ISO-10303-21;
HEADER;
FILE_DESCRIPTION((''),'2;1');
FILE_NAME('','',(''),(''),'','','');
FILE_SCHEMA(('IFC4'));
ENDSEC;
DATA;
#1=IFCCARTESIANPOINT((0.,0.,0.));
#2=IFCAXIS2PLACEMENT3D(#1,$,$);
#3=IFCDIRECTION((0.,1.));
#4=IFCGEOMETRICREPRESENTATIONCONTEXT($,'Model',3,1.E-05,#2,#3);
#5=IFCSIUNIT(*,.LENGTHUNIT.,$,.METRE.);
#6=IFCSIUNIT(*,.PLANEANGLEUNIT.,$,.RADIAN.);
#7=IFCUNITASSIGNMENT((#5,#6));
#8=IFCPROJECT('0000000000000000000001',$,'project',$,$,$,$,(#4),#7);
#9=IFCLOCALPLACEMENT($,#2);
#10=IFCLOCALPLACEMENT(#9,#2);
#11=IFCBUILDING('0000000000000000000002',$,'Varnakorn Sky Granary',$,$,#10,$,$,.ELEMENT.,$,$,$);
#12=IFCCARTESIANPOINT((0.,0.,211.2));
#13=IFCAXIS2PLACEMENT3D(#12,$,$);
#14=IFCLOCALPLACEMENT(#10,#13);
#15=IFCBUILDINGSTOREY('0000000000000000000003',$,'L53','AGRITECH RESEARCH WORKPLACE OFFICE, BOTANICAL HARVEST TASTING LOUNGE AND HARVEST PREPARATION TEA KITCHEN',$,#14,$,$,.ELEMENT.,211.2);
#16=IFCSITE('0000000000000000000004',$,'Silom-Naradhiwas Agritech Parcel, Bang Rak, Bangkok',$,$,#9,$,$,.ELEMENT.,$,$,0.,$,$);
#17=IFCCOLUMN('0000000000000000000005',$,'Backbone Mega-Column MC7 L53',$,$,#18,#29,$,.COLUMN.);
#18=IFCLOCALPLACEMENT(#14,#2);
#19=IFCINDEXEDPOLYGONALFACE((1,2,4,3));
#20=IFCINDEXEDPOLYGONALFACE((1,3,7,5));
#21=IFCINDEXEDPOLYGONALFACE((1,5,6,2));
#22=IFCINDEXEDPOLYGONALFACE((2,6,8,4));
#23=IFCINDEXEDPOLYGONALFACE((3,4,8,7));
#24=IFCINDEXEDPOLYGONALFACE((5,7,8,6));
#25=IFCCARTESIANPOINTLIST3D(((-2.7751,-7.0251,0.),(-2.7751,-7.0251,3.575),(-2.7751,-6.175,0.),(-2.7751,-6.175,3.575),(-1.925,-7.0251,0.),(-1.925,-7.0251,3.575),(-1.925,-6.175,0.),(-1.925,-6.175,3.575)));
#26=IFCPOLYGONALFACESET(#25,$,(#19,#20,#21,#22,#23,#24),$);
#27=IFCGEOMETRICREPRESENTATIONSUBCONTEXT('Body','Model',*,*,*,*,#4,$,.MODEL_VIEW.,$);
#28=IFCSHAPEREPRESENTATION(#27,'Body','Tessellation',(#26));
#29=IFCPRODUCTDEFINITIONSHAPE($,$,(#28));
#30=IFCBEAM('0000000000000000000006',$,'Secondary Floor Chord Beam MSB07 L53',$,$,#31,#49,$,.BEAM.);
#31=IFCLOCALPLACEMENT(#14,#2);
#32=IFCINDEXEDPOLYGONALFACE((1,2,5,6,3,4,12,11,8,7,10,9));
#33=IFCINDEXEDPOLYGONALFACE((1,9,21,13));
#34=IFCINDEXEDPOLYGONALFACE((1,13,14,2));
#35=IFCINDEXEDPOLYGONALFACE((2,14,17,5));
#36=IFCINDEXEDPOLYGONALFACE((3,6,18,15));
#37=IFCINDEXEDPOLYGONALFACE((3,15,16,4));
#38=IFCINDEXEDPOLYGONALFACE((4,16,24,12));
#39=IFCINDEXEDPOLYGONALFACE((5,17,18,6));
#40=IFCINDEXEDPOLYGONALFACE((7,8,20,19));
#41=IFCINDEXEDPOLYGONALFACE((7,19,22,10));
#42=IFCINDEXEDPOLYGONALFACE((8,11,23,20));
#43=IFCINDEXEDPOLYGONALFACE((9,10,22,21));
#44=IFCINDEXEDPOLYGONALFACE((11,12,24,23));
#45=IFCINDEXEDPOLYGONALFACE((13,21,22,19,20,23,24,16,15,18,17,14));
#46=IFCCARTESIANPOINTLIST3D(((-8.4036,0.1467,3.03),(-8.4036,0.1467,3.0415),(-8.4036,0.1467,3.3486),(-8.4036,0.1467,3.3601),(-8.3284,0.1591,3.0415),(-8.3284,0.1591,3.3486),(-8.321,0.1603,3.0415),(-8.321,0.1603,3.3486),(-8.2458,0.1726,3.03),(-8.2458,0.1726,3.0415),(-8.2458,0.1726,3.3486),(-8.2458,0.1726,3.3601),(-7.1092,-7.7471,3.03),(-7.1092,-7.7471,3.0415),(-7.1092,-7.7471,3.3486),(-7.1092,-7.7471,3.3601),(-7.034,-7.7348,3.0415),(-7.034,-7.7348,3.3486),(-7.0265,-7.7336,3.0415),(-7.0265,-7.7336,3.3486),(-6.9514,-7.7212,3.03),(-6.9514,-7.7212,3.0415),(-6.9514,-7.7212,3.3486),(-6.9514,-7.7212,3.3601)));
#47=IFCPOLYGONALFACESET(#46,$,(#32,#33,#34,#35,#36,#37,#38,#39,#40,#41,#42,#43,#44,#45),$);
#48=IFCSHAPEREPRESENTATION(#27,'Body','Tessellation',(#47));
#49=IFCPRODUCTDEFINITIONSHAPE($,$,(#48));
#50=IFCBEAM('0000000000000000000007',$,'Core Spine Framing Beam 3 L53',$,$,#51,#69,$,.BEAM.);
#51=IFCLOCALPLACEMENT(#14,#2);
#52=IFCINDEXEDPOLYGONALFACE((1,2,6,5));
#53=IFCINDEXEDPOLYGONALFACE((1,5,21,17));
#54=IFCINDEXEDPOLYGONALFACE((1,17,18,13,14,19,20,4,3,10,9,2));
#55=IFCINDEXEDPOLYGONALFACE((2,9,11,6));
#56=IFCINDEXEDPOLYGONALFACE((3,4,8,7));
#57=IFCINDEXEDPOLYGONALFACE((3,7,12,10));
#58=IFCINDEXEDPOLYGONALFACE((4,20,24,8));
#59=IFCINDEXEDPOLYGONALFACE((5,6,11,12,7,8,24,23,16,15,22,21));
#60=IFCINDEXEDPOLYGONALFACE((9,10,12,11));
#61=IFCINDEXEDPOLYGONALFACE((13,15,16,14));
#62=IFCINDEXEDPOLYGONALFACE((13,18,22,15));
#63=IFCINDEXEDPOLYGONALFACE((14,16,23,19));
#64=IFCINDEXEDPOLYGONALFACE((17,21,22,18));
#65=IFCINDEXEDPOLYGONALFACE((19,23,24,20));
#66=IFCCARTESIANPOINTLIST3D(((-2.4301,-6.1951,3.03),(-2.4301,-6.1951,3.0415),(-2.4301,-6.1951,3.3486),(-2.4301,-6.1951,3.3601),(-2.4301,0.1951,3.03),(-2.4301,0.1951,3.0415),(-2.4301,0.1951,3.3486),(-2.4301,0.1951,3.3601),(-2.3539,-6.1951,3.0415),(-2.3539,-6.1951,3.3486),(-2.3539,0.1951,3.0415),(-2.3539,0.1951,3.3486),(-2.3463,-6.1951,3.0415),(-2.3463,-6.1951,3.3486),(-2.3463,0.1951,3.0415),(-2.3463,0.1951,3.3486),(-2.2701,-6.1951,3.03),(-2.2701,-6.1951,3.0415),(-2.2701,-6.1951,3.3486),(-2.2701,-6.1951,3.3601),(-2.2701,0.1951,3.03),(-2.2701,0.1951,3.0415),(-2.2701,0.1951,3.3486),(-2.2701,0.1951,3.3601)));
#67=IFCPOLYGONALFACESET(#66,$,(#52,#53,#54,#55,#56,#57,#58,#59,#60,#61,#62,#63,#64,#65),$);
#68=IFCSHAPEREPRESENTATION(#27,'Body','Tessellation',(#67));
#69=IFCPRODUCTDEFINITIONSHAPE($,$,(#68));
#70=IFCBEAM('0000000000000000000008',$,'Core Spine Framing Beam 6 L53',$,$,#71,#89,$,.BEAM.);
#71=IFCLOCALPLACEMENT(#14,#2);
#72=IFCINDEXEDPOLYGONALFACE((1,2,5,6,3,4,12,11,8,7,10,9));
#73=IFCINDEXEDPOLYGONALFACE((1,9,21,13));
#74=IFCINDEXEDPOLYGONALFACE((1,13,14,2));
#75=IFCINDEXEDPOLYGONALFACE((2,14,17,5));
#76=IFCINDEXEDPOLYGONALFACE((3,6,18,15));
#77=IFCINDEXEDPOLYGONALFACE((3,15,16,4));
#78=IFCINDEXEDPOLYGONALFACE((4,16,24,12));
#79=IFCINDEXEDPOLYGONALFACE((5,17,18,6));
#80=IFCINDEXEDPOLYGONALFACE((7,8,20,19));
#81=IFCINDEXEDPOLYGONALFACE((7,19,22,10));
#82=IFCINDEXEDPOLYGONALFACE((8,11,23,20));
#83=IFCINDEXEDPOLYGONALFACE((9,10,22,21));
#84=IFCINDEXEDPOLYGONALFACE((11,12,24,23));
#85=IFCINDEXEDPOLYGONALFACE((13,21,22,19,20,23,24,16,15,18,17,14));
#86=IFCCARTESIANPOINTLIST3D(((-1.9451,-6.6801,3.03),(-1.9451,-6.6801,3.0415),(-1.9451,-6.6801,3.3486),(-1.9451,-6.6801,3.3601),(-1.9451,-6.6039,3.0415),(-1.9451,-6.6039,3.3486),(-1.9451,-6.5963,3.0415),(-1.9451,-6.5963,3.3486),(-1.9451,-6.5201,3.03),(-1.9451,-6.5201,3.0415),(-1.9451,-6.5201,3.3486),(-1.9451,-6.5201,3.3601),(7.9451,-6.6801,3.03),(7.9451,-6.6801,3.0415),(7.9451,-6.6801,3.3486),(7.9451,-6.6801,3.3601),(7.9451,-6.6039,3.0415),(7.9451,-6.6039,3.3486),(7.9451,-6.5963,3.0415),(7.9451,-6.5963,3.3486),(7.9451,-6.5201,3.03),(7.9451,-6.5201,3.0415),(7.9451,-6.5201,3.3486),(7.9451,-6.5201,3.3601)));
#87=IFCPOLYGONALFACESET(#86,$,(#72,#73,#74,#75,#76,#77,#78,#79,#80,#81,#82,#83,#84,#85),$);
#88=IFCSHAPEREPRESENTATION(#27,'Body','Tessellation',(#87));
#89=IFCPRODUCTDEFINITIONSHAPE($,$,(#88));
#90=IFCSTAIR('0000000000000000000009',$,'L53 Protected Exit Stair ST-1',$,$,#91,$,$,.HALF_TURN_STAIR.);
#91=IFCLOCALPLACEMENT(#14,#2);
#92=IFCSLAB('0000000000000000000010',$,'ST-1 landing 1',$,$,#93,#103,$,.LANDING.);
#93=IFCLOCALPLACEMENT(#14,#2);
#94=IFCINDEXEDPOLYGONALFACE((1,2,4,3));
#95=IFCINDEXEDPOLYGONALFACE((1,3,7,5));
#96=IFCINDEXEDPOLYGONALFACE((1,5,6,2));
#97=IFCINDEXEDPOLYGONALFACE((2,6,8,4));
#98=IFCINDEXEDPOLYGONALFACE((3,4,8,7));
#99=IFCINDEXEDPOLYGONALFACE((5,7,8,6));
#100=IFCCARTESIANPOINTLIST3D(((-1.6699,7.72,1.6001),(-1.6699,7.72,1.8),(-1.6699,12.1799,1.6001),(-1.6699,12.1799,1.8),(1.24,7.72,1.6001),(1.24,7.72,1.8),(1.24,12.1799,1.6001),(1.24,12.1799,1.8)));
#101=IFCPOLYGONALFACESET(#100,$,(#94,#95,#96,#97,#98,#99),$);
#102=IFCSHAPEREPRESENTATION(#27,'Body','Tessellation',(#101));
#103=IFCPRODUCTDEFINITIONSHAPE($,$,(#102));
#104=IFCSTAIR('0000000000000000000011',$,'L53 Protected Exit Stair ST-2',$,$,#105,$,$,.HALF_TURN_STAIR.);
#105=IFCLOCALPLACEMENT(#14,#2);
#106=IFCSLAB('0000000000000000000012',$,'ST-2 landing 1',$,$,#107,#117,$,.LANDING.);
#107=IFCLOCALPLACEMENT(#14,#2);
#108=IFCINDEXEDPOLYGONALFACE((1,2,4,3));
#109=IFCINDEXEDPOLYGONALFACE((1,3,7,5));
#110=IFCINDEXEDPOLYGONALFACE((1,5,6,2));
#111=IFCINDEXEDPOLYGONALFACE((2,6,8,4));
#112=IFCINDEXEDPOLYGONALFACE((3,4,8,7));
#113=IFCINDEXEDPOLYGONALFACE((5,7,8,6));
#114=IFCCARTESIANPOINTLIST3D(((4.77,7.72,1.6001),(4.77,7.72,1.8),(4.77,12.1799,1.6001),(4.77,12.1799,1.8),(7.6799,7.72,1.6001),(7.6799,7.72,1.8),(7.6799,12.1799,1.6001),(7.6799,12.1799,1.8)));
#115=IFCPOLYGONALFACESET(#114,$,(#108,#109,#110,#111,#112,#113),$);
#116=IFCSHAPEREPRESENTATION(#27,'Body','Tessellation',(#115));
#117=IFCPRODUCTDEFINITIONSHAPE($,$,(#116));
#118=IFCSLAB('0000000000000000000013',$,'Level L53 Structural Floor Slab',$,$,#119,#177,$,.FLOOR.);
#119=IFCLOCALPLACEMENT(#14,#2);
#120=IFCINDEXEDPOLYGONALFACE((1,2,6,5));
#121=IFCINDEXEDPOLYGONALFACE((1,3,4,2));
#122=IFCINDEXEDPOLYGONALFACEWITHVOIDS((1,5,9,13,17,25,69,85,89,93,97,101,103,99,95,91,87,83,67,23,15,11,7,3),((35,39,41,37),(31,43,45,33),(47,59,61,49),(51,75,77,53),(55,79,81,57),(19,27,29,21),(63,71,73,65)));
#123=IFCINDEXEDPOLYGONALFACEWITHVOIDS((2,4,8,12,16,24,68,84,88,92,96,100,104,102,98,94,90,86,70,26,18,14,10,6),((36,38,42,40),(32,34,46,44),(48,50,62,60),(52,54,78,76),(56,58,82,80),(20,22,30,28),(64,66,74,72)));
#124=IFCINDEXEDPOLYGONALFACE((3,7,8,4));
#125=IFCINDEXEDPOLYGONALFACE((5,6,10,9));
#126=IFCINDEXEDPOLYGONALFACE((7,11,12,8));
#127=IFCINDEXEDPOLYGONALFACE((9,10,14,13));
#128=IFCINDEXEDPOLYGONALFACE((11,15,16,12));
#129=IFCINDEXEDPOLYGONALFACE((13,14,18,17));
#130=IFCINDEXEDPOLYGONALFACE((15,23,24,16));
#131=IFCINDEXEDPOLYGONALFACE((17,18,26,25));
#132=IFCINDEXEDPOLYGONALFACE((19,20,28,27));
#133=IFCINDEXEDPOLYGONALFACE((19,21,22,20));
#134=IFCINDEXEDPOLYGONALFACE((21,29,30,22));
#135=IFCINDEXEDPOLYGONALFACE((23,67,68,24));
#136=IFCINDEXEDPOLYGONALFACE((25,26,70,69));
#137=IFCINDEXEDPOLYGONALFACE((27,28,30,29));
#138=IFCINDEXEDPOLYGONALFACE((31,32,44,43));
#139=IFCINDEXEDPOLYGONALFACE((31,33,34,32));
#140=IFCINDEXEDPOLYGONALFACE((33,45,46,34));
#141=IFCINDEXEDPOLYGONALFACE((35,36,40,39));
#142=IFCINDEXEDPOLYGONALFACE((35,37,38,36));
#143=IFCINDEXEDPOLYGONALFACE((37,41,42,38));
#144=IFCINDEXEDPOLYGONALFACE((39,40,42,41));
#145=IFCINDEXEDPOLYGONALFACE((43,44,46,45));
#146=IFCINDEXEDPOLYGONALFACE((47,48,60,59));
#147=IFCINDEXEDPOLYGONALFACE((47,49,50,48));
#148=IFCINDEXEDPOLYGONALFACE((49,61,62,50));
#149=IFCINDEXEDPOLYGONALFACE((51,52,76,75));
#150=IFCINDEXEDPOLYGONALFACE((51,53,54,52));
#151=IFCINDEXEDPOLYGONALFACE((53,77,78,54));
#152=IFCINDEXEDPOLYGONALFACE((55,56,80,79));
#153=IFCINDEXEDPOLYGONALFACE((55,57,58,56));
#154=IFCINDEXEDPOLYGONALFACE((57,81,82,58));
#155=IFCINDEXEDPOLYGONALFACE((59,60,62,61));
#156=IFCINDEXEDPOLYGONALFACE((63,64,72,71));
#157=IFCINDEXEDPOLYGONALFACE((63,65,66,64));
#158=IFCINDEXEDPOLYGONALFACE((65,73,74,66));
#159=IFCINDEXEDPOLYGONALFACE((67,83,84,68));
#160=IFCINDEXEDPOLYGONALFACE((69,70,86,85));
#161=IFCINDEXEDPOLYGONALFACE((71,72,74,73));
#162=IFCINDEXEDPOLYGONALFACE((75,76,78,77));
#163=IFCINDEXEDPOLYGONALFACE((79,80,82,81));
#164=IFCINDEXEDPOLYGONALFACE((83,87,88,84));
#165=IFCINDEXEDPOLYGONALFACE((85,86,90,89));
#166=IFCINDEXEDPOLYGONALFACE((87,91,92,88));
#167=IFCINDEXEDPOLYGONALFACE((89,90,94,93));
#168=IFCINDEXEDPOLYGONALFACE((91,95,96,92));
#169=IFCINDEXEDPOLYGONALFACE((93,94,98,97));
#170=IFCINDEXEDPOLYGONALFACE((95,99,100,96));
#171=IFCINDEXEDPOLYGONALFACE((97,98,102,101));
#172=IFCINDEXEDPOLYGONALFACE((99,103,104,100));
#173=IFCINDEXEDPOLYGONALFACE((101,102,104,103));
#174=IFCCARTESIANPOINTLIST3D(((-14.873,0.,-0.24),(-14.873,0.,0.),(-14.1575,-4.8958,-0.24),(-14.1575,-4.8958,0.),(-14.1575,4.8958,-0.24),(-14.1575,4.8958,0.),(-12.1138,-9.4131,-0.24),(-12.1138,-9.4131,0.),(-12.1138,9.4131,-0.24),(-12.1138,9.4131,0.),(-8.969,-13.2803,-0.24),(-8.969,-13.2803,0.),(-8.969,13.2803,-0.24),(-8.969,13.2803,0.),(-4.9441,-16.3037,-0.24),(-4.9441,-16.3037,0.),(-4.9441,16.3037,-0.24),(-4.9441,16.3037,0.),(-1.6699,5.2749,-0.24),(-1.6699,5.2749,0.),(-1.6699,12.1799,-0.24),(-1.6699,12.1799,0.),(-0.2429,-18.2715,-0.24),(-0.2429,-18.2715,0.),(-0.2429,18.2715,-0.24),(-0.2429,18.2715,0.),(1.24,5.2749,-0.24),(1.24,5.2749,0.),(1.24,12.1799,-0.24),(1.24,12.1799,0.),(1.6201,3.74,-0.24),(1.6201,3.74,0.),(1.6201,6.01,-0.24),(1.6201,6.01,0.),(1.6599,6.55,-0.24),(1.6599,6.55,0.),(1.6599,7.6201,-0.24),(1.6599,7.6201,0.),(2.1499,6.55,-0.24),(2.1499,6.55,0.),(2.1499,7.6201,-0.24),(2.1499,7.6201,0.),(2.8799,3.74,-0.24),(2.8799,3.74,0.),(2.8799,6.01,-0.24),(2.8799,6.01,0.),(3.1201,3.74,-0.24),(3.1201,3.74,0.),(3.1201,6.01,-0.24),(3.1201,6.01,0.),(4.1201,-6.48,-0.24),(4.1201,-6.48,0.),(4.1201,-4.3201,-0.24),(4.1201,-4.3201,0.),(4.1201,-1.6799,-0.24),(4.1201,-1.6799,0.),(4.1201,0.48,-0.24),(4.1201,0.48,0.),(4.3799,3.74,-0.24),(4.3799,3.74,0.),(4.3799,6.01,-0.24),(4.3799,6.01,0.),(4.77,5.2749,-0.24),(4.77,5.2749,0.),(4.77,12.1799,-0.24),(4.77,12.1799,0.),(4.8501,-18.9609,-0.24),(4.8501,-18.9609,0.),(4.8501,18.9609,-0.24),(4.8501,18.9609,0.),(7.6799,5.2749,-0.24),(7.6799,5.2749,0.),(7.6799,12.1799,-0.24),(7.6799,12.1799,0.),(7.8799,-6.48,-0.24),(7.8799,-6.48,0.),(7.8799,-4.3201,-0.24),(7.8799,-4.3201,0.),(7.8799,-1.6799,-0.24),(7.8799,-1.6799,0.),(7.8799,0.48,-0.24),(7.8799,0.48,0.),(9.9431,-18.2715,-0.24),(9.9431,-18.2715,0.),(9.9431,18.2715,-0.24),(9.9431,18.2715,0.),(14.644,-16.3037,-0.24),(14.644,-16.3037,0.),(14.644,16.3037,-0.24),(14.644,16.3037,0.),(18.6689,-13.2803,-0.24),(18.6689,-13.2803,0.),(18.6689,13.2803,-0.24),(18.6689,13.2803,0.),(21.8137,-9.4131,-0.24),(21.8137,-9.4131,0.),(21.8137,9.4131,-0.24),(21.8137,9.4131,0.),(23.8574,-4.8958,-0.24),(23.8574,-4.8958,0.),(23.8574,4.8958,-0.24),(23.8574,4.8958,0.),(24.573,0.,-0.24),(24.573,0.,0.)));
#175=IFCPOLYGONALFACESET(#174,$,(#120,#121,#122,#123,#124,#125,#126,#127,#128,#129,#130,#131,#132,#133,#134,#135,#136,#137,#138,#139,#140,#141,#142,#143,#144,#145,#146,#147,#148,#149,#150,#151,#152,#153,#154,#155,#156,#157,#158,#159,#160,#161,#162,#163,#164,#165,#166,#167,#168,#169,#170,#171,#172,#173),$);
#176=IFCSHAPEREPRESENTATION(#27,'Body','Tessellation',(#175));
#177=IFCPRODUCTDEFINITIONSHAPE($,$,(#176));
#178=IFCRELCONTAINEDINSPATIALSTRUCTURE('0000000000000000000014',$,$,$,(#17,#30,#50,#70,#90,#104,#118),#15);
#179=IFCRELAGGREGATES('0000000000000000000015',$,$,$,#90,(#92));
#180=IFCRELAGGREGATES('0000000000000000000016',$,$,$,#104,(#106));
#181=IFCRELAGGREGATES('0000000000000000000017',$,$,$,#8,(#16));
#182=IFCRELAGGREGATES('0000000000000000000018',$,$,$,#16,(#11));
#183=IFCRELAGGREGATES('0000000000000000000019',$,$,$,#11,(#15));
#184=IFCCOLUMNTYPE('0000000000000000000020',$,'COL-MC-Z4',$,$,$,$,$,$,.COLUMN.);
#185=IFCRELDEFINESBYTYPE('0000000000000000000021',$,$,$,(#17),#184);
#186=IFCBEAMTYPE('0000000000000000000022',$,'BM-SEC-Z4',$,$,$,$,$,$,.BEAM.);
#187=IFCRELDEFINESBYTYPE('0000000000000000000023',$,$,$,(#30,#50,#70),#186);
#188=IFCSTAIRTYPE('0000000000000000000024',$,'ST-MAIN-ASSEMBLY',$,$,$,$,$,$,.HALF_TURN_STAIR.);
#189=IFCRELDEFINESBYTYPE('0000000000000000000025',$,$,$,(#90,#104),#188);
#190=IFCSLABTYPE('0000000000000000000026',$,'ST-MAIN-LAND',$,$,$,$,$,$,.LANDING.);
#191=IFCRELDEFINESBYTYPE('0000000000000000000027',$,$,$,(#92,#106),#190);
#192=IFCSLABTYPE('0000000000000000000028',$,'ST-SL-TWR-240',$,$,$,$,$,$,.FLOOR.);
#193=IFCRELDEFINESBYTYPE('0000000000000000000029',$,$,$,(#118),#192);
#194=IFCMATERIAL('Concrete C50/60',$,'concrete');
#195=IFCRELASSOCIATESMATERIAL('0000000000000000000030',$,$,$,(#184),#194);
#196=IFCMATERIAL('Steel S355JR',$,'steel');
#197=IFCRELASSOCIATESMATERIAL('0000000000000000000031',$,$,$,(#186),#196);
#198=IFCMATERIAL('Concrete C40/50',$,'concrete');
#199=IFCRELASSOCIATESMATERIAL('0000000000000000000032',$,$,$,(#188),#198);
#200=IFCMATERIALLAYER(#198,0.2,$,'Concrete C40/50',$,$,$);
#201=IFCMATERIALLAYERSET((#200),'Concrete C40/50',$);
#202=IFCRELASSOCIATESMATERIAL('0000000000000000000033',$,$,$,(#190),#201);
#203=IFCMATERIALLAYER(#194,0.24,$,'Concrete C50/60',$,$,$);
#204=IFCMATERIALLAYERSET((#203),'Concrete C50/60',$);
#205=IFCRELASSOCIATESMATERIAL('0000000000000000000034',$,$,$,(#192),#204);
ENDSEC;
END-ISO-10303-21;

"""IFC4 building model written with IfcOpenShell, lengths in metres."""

from ifc_helpers import new_model, si_unit, direction, frame, origin, origin_2d, place, context, subcontext, project, spatial, polyline, rectangle, i_section, outline, extrude, material, layer, layer_set, material_profile, profile_set, type_object, element, aggregate, save


model = new_model("IFC4")

# Units and contexts
model_context = context("Model", 3, precision=1e-05, world=origin(), true_north=direction((0.0, 1.0)))
body_context = subcontext(model_context, "Body", "Model", "MODEL_VIEW")
ifc_project = project(units=[si_unit("LENGTHUNIT", "METRE"), si_unit("PLANEANGLEUNIT", "RADIAN")], contexts=[model_context])

# Site, building, storey
site_placement = place(None, origin())
site = spatial("IfcSite", under=ifc_project, at=site_placement, Name="Silom-Naradhiwas Agritech Parcel, Bang Rak, Bangkok", CompositionType="ELEMENT", RefElevation=0.0)
building_placement = place(site_placement, origin())
building = spatial("IfcBuilding", under=site, at=building_placement, Name="Varnakorn Sky Granary", CompositionType="ELEMENT")
storey_placement = place(building_placement, frame((0.0, 0.0, 211.2)))
storey = spatial("IfcBuildingStorey", under=building, at=storey_placement, Name="L53", Description="AGRITECH RESEARCH WORKPLACE OFFICE, BOTANICAL HARVEST TASTING LOUNGE AND HARVEST PREPARATION TEA KITCHEN", CompositionType="ELEMENT", Elevation=211.2)

# Column
ifc_material_1 = material(Name="Concrete C50/60", Category="concrete")
ifc_material_profile_1 = material_profile(ifc_material_1, rectangle(XDim=0.8501, YDim=0.8501, at=origin_2d()), Name="RC 850x850")
ifc_profile_set_1 = profile_set([ifc_material_profile_1], Name="Concrete C50/60")
column_type = type_object("IfcColumnType", Name="COL-MC-Z4", PredefinedType="COLUMN", material=ifc_profile_set_1)
column_placement = place(storey_placement, frame((-2.3501, -6.6001, 0.0), z_axis=(0.0, 0.0, 1.0), x_axis=(1.0, 0.0, 0.0)))
element("IfcColumn", 1, at=column_placement, inside=storey, type_object=column_type, Name="Backbone Mega-Column MC7 L53", PredefinedType="COLUMN", context=body_context, shape_type="SweptSolid", body=[
    extrude(rectangle(XDim=0.8501, YDim=0.8501, at=origin_2d()), origin(), (0.0, 0.0, 1.0), 3.575),
])

# Beams
ifc_material_2 = material(Name="Steel S355JR", Category="steel")
ifc_material_profile_2 = material_profile(ifc_material_2, i_section(OverallWidth=0.1599, OverallDepth=0.3301, WebThickness=0.0076, FlangeThickness=0.0115, at=origin_2d()), Name="IPE 330")
ifc_profile_set_2 = profile_set([ifc_material_profile_2], Name="Steel S355JR")
beam_type = type_object("IfcBeamType", Name="BM-SEC-Z4", PredefinedType="BEAM", material=ifc_profile_set_2)
beam_1_placement = place(storey_placement, frame((-8.3247, 0.1597, 3.1951), z_axis=(0.16182, -0.98682, 0.0), x_axis=(0.98682, 0.16182, 0.0)))
element("IfcBeam", 2, at=beam_1_placement, inside=storey, type_object=beam_type, Name="Secondary Floor Chord Beam MSB07 L53", PredefinedType="BEAM", context=body_context, shape_type="SweptSolid", body=[
    extrude(i_section(OverallWidth=0.1599, OverallDepth=0.3301, WebThickness=0.0076, FlangeThickness=0.0115, at=origin_2d()), origin(), (0.0, 0.0, 1.0), 7.9993),
])
beam_2_placement = place(storey_placement, frame((-2.3501, 0.1951, 3.1951), z_axis=(0.0, -1.0, 0.0), x_axis=(1.0, 0.0, 0.0)))
element("IfcBeam", 3, at=beam_2_placement, inside=storey, type_object=beam_type, Name="Core Spine Framing Beam 3 L53", PredefinedType="BEAM", context=body_context, shape_type="SweptSolid", body=[
    extrude(i_section(OverallWidth=0.1599, OverallDepth=0.3301, WebThickness=0.0076, FlangeThickness=0.0115, at=origin_2d()), origin(), (0.0, 0.0, 1.0), 6.3901),
])
beam_3_placement = place(storey_placement, frame((-1.9451, -6.6001, 3.1951), z_axis=(1.0, 0.0, 0.0), x_axis=(0.0, 1.0, 0.0)))
element("IfcBeam", 4, at=beam_3_placement, inside=storey, type_object=beam_type, Name="Core Spine Framing Beam 6 L53", PredefinedType="BEAM", context=body_context, shape_type="SweptSolid", body=[
    extrude(i_section(OverallWidth=0.1599, OverallDepth=0.3301, WebThickness=0.0076, FlangeThickness=0.0115, at=origin_2d()), origin(), (0.0, 0.0, 1.0), 9.8901),
])

# Stairs, slabs
ifc_material_3 = material(Name="Concrete C40/50", Category="concrete")
stair_type = type_object("IfcStairType", Name="ST-MAIN-ASSEMBLY", PredefinedType="HALF_TURN_STAIR", material=ifc_material_3)
stair_1_placement = place(storey_placement, origin())
stair_1 = element("IfcStair", 5, at=stair_1_placement, inside=storey, type_object=stair_type, Name="L53 Protected Exit Stair ST-1", PredefinedType="HALF_TURN_STAIR")
ifc_layer_1 = layer(ifc_material_3, 0.2, Name="Concrete C40/50")
ifc_layer_set_1 = layer_set([ifc_layer_1], Name="Concrete C40/50")
slab_type_1 = type_object("IfcSlabType", Name="ST-MAIN-LAND", PredefinedType="LANDING", material=ifc_layer_set_1)
slab_1_placement = place(storey_placement, frame((0.0, 0.0, 1.6001)))
slab_1 = element("IfcSlab", 6, at=slab_1_placement, type_object=slab_type_1, Name="ST-1 landing 1", PredefinedType="LANDING", context=body_context, shape_type="SweptSolid", body=[
    extrude(outline(polyline([(1.24, 7.72), (1.24, 12.1799), (-1.6699, 12.1799), (-1.6699, 7.72), (1.24, 7.72)])), origin(), (0.0, 0.0, 1.0), 0.2),
])
aggregate(stair_1, [slab_1])
stair_2_placement = place(storey_placement, origin())
stair_2 = element("IfcStair", 7, at=stair_2_placement, inside=storey, type_object=stair_type, Name="L53 Protected Exit Stair ST-2", PredefinedType="HALF_TURN_STAIR")
slab_2_placement = place(storey_placement, frame((0.0, 0.0, 1.6001)))
slab_2 = element("IfcSlab", 8, at=slab_2_placement, type_object=slab_type_1, Name="ST-2 landing 1", PredefinedType="LANDING", context=body_context, shape_type="SweptSolid", body=[
    extrude(outline(polyline([(7.6799, 7.72), (7.6799, 12.1799), (4.77, 12.1799), (4.77, 7.72), (7.6799, 7.72)])), origin(), (0.0, 0.0, 1.0), 0.2),
])
aggregate(stair_2, [slab_2])

# Slab
ifc_layer_2 = layer(ifc_material_1, 0.24, Name="Concrete C50/60")
ifc_layer_set_2 = layer_set([ifc_layer_2], Name="Concrete C50/60")
slab_type_2 = type_object("IfcSlabType", Name="ST-SL-TWR-240", PredefinedType="FLOOR", material=ifc_layer_set_2)
slab_3_placement = place(storey_placement, frame((0.0, 0.0, -0.24)))
element("IfcSlab", 9, at=slab_3_placement, inside=storey, type_object=slab_type_2, Name="Level L53 Structural Floor Slab", PredefinedType="FLOOR", context=body_context, shape_type="SweptSolid", body=[
    extrude(outline(polyline([(24.573, 0.0), (23.8574, 4.8958), (21.8137, 9.4131), (18.6689, 13.2803), (14.644, 16.3037), (9.9431, 18.2715), (4.8501, 18.9609), (-0.2429, 18.2715), (-4.9441, 16.3037), (-8.969, 13.2803), (-12.1138, 9.4131), (-14.1575, 4.8958), (-14.873, 0.0), (-14.1575, -4.8958), (-12.1138, -9.4131), (-8.969, -13.2803), (-4.9441, -16.3037), (-0.2429, -18.2715), (4.8501, -18.9609), (9.9431, -18.2715), (14.644, -16.3037), (18.6689, -13.2803), (21.8137, -9.4131), (23.8574, -4.8958), (24.573, 0.0)]), holes=[polyline([(1.24, 5.2749), (1.24, 12.1799), (-1.6699, 12.1799), (-1.6699, 5.2749), (1.24, 5.2749)]), polyline([(7.6799, 5.2749), (7.6799, 12.1799), (4.77, 12.1799), (4.77, 5.2749), (7.6799, 5.2749)]), polyline([(1.6599, 6.55), (2.1499, 6.55), (2.1499, 7.6201), (1.6599, 7.6201), (1.6599, 6.55)]), polyline([(1.6201, 3.74), (2.8799, 3.74), (2.8799, 6.01), (1.6201, 6.01), (1.6201, 3.74)]), polyline([(3.1201, 3.74), (4.3799, 3.74), (4.3799, 6.01), (3.1201, 6.01), (3.1201, 3.74)]), polyline([(4.1201, -1.6799), (7.8799, -1.6799), (7.8799, 0.48), (4.1201, 0.48), (4.1201, -1.6799)]), polyline([(4.1201, -6.48), (7.8799, -6.48), (7.8799, -4.3201), (4.1201, -4.3201), (4.1201, -6.48)])]), origin(), (0.0, 0.0, 1.0), 0.24),
])

save(model, "model.ifc")
